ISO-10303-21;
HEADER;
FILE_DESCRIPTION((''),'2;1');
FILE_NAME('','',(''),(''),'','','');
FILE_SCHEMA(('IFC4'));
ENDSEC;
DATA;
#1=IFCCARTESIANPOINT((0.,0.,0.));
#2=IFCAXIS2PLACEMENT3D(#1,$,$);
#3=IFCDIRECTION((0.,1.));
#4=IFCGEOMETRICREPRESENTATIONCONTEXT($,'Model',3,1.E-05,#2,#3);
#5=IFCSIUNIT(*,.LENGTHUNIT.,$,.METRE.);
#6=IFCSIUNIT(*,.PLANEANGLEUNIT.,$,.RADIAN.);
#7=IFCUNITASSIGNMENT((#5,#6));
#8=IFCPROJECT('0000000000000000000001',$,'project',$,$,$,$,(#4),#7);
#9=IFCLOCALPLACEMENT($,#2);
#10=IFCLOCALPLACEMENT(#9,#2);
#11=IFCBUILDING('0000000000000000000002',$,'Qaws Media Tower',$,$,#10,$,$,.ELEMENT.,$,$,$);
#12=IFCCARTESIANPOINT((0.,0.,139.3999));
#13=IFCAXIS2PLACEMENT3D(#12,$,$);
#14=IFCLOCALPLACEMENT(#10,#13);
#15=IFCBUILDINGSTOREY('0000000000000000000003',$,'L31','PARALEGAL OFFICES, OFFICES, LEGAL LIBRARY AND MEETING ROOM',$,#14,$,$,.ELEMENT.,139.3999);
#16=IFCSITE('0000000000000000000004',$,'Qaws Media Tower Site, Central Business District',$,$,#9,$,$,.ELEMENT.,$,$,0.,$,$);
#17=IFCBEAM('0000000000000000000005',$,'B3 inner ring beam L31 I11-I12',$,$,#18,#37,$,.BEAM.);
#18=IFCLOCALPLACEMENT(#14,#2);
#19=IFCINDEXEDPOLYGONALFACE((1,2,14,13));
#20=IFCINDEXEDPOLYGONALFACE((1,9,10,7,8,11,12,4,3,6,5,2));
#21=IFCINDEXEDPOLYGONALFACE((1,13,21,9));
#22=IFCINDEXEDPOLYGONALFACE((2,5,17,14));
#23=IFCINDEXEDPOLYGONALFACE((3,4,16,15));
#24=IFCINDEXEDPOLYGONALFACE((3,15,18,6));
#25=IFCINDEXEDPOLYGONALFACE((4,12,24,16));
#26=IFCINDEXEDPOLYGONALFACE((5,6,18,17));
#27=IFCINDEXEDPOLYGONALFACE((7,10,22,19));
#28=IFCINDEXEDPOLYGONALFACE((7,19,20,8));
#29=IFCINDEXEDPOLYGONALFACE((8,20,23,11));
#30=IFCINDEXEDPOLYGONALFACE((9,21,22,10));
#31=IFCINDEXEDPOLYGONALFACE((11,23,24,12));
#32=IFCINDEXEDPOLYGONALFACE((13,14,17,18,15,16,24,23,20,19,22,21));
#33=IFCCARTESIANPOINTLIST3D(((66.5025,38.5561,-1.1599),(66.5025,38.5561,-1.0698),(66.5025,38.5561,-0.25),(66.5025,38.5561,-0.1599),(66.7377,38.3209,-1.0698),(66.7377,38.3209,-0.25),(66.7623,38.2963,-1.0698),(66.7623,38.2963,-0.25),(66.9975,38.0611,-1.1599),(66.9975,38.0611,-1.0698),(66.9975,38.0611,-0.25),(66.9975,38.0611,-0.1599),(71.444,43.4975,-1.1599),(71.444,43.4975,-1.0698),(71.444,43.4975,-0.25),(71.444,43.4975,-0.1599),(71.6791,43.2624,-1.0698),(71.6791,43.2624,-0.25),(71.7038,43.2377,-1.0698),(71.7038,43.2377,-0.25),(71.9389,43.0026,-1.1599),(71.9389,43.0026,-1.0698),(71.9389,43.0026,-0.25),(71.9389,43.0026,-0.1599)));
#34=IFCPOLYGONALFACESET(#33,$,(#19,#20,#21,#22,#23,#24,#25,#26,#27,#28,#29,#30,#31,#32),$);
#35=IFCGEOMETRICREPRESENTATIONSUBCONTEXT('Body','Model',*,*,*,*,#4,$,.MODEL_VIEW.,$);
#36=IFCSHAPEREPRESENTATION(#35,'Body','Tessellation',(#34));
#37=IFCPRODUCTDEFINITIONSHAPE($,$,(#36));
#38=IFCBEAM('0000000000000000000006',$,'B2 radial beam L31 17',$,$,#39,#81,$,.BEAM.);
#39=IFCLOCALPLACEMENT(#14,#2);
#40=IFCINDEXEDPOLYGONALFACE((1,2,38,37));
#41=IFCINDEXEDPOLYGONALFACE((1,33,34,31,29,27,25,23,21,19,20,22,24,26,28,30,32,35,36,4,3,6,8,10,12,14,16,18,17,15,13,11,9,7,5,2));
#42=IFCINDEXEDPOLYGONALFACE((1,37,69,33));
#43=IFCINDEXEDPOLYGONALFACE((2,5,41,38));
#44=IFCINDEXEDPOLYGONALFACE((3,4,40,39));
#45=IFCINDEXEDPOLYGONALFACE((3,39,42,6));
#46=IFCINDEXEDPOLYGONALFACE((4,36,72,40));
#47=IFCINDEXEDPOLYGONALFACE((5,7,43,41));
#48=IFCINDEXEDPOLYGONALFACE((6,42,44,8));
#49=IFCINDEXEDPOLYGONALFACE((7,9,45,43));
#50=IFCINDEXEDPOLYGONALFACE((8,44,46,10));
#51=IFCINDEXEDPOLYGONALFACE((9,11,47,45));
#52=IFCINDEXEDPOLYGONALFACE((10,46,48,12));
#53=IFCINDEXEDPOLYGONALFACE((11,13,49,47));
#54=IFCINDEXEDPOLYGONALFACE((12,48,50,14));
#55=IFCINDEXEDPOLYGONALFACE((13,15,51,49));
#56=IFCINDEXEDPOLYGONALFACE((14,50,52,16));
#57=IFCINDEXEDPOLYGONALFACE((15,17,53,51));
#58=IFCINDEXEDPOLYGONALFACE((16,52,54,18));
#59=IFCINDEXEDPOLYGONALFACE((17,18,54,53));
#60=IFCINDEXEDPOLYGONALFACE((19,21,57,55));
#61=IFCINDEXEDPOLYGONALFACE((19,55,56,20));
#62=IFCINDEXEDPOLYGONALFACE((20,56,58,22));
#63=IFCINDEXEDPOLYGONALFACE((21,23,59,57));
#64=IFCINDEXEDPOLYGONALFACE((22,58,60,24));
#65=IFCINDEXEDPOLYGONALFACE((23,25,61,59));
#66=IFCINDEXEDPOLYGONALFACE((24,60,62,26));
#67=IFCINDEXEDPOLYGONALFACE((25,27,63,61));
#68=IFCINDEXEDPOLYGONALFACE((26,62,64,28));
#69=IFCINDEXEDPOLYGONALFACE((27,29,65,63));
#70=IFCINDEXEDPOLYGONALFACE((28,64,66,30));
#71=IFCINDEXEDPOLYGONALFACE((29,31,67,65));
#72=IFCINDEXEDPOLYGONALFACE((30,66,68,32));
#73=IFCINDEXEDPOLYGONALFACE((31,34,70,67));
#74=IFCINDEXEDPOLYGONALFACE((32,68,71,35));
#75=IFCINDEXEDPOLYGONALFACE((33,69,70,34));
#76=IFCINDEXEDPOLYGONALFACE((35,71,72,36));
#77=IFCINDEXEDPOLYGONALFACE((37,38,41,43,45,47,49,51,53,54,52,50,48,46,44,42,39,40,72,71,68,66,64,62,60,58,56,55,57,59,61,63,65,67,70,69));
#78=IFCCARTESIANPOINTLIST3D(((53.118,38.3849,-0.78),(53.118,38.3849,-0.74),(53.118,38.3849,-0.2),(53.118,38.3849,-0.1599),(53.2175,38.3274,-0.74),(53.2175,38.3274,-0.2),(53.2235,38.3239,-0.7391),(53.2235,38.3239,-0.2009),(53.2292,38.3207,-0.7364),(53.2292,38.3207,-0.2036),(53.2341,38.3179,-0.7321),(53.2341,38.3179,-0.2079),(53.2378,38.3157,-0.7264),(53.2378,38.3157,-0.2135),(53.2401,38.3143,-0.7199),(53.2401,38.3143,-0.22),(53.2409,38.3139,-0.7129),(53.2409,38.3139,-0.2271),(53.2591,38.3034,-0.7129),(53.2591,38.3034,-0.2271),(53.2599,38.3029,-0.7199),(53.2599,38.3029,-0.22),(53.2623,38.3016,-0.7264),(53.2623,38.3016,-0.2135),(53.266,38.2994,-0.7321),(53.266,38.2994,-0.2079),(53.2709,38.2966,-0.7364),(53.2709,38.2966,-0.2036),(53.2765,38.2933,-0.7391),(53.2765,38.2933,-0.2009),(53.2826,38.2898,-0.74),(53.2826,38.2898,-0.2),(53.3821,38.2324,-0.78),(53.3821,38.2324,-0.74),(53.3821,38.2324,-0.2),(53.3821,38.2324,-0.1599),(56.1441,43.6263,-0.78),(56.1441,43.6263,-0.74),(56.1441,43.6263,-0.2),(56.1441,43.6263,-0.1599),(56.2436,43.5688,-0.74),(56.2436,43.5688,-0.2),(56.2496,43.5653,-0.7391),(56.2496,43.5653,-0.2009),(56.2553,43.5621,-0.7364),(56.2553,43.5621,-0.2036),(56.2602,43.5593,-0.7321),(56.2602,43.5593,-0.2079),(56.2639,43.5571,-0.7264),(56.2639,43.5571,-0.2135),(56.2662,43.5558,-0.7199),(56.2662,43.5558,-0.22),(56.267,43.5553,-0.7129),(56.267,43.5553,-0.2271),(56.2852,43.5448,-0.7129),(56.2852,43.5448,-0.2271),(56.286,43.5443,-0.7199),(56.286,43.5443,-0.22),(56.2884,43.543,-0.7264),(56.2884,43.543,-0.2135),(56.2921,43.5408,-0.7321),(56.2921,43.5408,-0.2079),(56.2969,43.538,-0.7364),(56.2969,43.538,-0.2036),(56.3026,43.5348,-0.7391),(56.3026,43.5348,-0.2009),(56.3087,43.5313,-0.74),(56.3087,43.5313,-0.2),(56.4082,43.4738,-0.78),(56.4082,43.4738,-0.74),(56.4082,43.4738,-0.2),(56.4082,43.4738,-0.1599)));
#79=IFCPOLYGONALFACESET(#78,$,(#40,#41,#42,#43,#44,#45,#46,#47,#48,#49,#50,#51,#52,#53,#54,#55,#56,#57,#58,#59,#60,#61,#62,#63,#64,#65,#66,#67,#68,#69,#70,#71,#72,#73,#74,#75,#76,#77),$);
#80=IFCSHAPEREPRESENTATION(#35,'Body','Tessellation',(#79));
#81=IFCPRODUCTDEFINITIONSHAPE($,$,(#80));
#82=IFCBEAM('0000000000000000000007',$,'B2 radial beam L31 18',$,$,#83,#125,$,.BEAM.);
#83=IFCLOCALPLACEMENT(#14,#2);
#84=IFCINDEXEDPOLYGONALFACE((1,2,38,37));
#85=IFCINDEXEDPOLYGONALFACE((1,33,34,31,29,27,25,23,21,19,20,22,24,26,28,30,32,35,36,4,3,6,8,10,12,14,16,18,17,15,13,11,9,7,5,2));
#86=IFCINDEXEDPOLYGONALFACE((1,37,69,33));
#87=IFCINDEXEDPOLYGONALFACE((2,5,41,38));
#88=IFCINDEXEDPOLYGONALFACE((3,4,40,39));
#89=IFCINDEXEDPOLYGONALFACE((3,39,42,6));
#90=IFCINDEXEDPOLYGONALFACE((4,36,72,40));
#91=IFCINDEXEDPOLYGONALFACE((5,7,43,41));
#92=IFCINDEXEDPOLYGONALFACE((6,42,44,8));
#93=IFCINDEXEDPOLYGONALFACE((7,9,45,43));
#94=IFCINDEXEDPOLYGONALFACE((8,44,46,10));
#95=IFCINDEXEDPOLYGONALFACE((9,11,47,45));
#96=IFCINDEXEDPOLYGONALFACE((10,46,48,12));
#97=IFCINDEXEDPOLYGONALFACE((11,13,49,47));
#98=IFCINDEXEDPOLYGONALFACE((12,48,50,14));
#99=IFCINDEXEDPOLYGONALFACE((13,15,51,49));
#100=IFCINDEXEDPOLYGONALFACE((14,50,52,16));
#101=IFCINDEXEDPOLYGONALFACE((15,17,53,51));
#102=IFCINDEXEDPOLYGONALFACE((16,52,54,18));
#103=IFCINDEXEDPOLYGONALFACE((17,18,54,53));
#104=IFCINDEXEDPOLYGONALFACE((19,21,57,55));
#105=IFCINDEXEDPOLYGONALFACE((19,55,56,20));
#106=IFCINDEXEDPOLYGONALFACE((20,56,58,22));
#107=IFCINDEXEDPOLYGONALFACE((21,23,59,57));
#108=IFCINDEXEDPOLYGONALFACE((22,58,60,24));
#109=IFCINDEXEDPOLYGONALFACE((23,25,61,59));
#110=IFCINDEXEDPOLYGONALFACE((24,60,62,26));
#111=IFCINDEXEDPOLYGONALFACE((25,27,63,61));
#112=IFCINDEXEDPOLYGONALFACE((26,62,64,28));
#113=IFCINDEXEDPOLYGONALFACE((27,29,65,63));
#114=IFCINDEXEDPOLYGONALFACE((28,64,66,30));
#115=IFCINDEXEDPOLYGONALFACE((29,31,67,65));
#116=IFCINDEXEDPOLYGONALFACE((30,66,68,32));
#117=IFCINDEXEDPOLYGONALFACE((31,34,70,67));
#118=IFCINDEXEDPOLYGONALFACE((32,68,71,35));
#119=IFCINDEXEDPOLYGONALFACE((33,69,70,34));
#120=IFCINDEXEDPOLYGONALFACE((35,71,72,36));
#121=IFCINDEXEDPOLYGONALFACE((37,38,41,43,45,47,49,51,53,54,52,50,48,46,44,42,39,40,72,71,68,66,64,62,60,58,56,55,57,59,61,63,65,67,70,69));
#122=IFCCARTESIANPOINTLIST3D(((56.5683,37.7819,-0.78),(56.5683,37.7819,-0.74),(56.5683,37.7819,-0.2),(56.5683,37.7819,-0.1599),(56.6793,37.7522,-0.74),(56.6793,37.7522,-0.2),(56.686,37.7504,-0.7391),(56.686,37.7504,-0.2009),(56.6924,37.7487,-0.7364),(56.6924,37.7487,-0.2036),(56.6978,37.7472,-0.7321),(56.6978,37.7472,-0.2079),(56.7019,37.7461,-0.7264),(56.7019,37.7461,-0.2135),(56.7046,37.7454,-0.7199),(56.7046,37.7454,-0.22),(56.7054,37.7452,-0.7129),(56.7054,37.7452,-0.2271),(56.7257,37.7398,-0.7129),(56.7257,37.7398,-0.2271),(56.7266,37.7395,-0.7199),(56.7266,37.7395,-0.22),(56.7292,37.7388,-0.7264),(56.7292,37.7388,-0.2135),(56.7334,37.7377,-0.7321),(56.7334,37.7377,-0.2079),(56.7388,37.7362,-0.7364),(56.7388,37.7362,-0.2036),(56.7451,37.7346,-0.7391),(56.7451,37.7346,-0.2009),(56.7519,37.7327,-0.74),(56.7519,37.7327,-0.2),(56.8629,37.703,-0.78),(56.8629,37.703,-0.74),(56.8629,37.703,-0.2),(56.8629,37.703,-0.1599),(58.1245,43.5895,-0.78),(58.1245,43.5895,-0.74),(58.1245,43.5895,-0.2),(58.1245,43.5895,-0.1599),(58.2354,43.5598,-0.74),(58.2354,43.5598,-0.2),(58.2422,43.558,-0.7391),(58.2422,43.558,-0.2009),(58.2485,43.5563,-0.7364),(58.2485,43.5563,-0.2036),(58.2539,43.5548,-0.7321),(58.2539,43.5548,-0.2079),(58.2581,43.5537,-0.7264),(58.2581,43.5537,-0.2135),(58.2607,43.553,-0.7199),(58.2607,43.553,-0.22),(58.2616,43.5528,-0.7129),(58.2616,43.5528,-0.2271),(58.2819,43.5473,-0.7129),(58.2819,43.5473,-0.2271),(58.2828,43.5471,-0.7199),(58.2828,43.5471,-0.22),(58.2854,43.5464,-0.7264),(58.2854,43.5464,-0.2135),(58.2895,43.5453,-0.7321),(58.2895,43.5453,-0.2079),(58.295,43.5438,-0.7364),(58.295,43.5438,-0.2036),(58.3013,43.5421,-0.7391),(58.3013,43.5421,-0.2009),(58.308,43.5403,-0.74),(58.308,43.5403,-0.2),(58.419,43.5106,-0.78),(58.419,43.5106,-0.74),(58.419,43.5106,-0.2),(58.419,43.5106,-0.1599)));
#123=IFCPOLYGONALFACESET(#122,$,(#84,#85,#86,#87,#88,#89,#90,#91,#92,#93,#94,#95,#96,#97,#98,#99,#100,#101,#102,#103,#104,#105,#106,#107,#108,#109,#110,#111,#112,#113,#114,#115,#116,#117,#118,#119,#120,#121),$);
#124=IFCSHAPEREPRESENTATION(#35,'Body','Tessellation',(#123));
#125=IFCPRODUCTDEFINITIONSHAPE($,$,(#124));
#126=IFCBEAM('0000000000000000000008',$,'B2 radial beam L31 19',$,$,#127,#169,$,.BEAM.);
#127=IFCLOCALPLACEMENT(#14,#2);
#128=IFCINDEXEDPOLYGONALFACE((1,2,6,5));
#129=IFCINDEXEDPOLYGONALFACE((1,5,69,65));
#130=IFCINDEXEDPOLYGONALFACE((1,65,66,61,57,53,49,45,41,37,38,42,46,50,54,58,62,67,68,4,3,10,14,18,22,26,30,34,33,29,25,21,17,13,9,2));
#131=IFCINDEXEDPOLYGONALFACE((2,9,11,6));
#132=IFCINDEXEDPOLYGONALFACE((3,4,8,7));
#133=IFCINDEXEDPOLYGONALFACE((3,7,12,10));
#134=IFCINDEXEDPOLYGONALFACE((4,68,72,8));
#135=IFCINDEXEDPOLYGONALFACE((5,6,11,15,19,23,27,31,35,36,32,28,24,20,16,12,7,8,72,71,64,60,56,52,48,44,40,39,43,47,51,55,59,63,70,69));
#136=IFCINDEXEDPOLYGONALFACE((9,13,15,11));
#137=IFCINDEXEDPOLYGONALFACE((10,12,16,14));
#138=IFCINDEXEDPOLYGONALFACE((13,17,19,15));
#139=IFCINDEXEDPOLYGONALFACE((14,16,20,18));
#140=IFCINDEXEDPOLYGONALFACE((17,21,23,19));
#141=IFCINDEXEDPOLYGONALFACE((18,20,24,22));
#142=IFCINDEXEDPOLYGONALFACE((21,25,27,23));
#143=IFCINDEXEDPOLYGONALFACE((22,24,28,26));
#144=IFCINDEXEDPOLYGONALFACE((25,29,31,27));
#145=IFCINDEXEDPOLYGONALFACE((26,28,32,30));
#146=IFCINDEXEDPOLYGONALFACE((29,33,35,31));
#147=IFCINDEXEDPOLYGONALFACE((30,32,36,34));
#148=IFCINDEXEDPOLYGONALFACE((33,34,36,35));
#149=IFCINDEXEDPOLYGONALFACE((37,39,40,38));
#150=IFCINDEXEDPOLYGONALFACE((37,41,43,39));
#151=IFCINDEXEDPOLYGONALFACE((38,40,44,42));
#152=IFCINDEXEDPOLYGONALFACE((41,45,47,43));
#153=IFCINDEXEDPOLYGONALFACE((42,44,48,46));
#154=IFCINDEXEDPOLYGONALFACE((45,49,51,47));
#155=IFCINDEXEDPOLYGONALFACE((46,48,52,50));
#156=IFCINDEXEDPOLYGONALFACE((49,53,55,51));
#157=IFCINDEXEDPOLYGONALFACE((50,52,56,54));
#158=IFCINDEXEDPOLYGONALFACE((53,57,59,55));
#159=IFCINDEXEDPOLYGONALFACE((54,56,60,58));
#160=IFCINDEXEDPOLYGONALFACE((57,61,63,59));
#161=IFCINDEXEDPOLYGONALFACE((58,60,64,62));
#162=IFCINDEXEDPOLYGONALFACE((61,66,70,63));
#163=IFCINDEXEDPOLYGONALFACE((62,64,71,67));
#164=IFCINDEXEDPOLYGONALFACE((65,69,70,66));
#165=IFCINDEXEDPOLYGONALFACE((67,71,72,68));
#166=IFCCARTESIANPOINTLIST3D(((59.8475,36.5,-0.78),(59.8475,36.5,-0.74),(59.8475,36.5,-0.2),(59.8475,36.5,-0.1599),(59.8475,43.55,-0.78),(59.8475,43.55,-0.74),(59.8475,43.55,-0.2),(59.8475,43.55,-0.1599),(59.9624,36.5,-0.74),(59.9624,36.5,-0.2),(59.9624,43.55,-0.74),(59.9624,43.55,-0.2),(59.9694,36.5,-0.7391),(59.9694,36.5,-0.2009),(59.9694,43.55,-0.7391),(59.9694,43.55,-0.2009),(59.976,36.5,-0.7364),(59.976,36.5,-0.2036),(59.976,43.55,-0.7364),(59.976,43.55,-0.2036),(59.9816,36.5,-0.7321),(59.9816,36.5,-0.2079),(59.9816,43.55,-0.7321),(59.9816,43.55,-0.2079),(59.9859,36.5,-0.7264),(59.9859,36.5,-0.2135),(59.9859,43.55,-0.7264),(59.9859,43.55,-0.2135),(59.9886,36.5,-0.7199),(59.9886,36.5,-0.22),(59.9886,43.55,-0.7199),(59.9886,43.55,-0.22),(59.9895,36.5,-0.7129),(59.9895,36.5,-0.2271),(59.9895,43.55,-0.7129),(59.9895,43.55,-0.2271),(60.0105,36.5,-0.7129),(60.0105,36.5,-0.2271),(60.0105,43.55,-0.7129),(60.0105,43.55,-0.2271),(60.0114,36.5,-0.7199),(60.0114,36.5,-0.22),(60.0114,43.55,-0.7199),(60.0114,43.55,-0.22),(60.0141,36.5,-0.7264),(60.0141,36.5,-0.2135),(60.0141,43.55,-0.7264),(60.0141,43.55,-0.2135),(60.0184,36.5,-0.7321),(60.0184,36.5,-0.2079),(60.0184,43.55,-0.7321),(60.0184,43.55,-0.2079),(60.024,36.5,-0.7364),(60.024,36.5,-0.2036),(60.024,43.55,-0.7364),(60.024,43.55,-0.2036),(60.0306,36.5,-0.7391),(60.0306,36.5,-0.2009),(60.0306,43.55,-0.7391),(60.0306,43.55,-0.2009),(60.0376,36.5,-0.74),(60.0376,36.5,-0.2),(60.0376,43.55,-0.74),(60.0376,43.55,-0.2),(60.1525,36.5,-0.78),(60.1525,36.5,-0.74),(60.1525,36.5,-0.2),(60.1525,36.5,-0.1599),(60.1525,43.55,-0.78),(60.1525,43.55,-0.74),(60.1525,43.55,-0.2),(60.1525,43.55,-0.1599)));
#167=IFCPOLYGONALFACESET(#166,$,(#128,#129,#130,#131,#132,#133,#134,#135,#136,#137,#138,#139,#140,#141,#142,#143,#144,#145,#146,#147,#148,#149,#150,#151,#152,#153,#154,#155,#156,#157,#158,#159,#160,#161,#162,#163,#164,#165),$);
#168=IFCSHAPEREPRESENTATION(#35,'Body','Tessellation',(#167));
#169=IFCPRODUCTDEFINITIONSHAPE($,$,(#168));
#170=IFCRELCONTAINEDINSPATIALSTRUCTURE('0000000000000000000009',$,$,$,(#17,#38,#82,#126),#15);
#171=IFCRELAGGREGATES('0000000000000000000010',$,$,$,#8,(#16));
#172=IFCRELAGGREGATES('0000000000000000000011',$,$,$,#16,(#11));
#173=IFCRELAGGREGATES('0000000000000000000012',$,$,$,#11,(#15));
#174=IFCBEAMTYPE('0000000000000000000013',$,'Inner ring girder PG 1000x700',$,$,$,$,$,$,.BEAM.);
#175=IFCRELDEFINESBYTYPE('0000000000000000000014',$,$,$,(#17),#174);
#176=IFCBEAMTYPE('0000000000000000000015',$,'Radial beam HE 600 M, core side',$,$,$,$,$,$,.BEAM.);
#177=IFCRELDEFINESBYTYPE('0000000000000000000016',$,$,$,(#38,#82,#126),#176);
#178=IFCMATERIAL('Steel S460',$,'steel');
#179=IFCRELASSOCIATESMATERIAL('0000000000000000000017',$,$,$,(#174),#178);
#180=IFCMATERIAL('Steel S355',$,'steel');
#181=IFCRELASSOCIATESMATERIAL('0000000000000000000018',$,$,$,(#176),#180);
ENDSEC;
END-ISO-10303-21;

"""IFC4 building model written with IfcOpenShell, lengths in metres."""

from ifc_helpers import new_model, si_unit, direction, frame, origin, origin_2d, place, context, subcontext, project, spatial, i_section, extrude, material, material_profile, profile_set, type_object, element, save


model = new_model("IFC4")

# Units and contexts
model_context = context("Model", 3, precision=1e-05, world=origin(), true_north=direction((0.0, 1.0)))
body_context = subcontext(model_context, "Body", "Model", "MODEL_VIEW")
ifc_project = project(units=[si_unit("LENGTHUNIT", "METRE"), si_unit("PLANEANGLEUNIT", "RADIAN")], contexts=[model_context])

# Site, building, storey
site_placement = place(None, origin())
site = spatial("IfcSite", under=ifc_project, at=site_placement, Name="Qaws Media Tower Site, Central Business District", CompositionType="ELEMENT", RefElevation=0.0)
building_placement = place(site_placement, origin())
building = spatial("IfcBuilding", under=site, at=building_placement, Name="Qaws Media Tower", CompositionType="ELEMENT")
storey_placement = place(building_placement, frame((0.0, 0.0, 139.3999)))
storey = spatial("IfcBuildingStorey", under=building, at=storey_placement, Name="L31", Description="PARALEGAL OFFICES, OFFICES, LEGAL LIBRARY AND MEETING ROOM", CompositionType="ELEMENT", Elevation=139.3999)

# Beams
ifc_material_1 = material(Name="Steel S460", Category="steel")
ifc_material_profile_1 = material_profile(ifc_material_1, i_section(OverallWidth=0.7, OverallDepth=1.0, WebThickness=0.0349, FlangeThickness=0.0901, at=origin_2d()), Name="PG 1000x700")
ifc_profile_set_1 = profile_set([ifc_material_profile_1], Name="Steel S460")
beam_type_1 = type_object("IfcBeamType", Name="Inner ring girder PG 1000x700", PredefinedType="BEAM", material=ifc_profile_set_1)
beam_1_placement = place(storey_placement, frame((66.75, 38.3086, -0.6599), z_axis=(0.707107, 0.707107, 0.0), x_axis=(-0.707107, 0.707107, 0.0)))
element("IfcBeam", 1, at=beam_1_placement, inside=storey, type_object=beam_type_1, Name="B3 inner ring beam L31 I11-I12", PredefinedType="BEAM", context=body_context, shape_type="SweptSolid", body=[
    extrude(i_section(OverallWidth=0.7, OverallDepth=1.0, WebThickness=0.0349, FlangeThickness=0.0901, at=origin_2d()), origin(), (0.0, 0.0, 1.0), 6.9883),
])
ifc_material_2 = material(Name="Steel S355", Category="steel")
ifc_material_profile_2 = material_profile(ifc_material_2, i_section(OverallWidth=0.3049, OverallDepth=0.6201, WebThickness=0.021, FlangeThickness=0.04, FilletRadius=0.0271, at=origin_2d()), Name="HE 600 M")
ifc_profile_set_2 = profile_set([ifc_material_profile_2], Name="Steel S355")
beam_type_2 = type_object("IfcBeamType", Name="Radial beam HE 600 M, core side", PredefinedType="BEAM", material=ifc_profile_set_2)
beam_2_placement = place(storey_placement, frame((56.2761, 43.55, -0.47), z_axis=(-0.499996, -0.866028, 0.0), x_axis=(0.866028, -0.499996, 0.0)))
element("IfcBeam", 2, at=beam_2_placement, inside=storey, type_object=beam_type_2, Name="B2 radial beam L31 17", PredefinedType="BEAM", context=body_context, shape_type="SweptSolid", body=[
    extrude(i_section(OverallWidth=0.3049, OverallDepth=0.6201, WebThickness=0.021, FlangeThickness=0.04, FilletRadius=0.0271, at=origin_2d()), origin(), (0.0, 0.0, 1.0), 6.0522),
])
beam_3_placement = place(storey_placement, frame((58.2717, 43.55, -0.47), z_axis=(-0.25882, -0.965926, 0.0), x_axis=(0.965926, -0.25882, 0.0)))
element("IfcBeam", 3, at=beam_3_placement, inside=storey, type_object=beam_type_2, Name="B2 radial beam L31 18", PredefinedType="BEAM", context=body_context, shape_type="SweptSolid", body=[
    extrude(i_section(OverallWidth=0.3049, OverallDepth=0.6201, WebThickness=0.021, FlangeThickness=0.04, FilletRadius=0.0271, at=origin_2d()), origin(), (0.0, 0.0, 1.0), 6.0125),
])
beam_4_placement = place(storey_placement, frame((60.0, 43.55, -0.47), z_axis=(0.0, -1.0, 0.0), x_axis=(1.0, 0.0, 0.0)))
element("IfcBeam", 4, at=beam_4_placement, inside=storey, type_object=beam_type_2, Name="B2 radial beam L31 19", PredefinedType="BEAM", context=body_context, shape_type="SweptSolid", body=[
    extrude(i_section(OverallWidth=0.3049, OverallDepth=0.6201, WebThickness=0.021, FlangeThickness=0.04, FilletRadius=0.0271, at=origin_2d()), origin(), (0.0, 0.0, 1.0), 7.05),
])

save(model, "model.ifc")
